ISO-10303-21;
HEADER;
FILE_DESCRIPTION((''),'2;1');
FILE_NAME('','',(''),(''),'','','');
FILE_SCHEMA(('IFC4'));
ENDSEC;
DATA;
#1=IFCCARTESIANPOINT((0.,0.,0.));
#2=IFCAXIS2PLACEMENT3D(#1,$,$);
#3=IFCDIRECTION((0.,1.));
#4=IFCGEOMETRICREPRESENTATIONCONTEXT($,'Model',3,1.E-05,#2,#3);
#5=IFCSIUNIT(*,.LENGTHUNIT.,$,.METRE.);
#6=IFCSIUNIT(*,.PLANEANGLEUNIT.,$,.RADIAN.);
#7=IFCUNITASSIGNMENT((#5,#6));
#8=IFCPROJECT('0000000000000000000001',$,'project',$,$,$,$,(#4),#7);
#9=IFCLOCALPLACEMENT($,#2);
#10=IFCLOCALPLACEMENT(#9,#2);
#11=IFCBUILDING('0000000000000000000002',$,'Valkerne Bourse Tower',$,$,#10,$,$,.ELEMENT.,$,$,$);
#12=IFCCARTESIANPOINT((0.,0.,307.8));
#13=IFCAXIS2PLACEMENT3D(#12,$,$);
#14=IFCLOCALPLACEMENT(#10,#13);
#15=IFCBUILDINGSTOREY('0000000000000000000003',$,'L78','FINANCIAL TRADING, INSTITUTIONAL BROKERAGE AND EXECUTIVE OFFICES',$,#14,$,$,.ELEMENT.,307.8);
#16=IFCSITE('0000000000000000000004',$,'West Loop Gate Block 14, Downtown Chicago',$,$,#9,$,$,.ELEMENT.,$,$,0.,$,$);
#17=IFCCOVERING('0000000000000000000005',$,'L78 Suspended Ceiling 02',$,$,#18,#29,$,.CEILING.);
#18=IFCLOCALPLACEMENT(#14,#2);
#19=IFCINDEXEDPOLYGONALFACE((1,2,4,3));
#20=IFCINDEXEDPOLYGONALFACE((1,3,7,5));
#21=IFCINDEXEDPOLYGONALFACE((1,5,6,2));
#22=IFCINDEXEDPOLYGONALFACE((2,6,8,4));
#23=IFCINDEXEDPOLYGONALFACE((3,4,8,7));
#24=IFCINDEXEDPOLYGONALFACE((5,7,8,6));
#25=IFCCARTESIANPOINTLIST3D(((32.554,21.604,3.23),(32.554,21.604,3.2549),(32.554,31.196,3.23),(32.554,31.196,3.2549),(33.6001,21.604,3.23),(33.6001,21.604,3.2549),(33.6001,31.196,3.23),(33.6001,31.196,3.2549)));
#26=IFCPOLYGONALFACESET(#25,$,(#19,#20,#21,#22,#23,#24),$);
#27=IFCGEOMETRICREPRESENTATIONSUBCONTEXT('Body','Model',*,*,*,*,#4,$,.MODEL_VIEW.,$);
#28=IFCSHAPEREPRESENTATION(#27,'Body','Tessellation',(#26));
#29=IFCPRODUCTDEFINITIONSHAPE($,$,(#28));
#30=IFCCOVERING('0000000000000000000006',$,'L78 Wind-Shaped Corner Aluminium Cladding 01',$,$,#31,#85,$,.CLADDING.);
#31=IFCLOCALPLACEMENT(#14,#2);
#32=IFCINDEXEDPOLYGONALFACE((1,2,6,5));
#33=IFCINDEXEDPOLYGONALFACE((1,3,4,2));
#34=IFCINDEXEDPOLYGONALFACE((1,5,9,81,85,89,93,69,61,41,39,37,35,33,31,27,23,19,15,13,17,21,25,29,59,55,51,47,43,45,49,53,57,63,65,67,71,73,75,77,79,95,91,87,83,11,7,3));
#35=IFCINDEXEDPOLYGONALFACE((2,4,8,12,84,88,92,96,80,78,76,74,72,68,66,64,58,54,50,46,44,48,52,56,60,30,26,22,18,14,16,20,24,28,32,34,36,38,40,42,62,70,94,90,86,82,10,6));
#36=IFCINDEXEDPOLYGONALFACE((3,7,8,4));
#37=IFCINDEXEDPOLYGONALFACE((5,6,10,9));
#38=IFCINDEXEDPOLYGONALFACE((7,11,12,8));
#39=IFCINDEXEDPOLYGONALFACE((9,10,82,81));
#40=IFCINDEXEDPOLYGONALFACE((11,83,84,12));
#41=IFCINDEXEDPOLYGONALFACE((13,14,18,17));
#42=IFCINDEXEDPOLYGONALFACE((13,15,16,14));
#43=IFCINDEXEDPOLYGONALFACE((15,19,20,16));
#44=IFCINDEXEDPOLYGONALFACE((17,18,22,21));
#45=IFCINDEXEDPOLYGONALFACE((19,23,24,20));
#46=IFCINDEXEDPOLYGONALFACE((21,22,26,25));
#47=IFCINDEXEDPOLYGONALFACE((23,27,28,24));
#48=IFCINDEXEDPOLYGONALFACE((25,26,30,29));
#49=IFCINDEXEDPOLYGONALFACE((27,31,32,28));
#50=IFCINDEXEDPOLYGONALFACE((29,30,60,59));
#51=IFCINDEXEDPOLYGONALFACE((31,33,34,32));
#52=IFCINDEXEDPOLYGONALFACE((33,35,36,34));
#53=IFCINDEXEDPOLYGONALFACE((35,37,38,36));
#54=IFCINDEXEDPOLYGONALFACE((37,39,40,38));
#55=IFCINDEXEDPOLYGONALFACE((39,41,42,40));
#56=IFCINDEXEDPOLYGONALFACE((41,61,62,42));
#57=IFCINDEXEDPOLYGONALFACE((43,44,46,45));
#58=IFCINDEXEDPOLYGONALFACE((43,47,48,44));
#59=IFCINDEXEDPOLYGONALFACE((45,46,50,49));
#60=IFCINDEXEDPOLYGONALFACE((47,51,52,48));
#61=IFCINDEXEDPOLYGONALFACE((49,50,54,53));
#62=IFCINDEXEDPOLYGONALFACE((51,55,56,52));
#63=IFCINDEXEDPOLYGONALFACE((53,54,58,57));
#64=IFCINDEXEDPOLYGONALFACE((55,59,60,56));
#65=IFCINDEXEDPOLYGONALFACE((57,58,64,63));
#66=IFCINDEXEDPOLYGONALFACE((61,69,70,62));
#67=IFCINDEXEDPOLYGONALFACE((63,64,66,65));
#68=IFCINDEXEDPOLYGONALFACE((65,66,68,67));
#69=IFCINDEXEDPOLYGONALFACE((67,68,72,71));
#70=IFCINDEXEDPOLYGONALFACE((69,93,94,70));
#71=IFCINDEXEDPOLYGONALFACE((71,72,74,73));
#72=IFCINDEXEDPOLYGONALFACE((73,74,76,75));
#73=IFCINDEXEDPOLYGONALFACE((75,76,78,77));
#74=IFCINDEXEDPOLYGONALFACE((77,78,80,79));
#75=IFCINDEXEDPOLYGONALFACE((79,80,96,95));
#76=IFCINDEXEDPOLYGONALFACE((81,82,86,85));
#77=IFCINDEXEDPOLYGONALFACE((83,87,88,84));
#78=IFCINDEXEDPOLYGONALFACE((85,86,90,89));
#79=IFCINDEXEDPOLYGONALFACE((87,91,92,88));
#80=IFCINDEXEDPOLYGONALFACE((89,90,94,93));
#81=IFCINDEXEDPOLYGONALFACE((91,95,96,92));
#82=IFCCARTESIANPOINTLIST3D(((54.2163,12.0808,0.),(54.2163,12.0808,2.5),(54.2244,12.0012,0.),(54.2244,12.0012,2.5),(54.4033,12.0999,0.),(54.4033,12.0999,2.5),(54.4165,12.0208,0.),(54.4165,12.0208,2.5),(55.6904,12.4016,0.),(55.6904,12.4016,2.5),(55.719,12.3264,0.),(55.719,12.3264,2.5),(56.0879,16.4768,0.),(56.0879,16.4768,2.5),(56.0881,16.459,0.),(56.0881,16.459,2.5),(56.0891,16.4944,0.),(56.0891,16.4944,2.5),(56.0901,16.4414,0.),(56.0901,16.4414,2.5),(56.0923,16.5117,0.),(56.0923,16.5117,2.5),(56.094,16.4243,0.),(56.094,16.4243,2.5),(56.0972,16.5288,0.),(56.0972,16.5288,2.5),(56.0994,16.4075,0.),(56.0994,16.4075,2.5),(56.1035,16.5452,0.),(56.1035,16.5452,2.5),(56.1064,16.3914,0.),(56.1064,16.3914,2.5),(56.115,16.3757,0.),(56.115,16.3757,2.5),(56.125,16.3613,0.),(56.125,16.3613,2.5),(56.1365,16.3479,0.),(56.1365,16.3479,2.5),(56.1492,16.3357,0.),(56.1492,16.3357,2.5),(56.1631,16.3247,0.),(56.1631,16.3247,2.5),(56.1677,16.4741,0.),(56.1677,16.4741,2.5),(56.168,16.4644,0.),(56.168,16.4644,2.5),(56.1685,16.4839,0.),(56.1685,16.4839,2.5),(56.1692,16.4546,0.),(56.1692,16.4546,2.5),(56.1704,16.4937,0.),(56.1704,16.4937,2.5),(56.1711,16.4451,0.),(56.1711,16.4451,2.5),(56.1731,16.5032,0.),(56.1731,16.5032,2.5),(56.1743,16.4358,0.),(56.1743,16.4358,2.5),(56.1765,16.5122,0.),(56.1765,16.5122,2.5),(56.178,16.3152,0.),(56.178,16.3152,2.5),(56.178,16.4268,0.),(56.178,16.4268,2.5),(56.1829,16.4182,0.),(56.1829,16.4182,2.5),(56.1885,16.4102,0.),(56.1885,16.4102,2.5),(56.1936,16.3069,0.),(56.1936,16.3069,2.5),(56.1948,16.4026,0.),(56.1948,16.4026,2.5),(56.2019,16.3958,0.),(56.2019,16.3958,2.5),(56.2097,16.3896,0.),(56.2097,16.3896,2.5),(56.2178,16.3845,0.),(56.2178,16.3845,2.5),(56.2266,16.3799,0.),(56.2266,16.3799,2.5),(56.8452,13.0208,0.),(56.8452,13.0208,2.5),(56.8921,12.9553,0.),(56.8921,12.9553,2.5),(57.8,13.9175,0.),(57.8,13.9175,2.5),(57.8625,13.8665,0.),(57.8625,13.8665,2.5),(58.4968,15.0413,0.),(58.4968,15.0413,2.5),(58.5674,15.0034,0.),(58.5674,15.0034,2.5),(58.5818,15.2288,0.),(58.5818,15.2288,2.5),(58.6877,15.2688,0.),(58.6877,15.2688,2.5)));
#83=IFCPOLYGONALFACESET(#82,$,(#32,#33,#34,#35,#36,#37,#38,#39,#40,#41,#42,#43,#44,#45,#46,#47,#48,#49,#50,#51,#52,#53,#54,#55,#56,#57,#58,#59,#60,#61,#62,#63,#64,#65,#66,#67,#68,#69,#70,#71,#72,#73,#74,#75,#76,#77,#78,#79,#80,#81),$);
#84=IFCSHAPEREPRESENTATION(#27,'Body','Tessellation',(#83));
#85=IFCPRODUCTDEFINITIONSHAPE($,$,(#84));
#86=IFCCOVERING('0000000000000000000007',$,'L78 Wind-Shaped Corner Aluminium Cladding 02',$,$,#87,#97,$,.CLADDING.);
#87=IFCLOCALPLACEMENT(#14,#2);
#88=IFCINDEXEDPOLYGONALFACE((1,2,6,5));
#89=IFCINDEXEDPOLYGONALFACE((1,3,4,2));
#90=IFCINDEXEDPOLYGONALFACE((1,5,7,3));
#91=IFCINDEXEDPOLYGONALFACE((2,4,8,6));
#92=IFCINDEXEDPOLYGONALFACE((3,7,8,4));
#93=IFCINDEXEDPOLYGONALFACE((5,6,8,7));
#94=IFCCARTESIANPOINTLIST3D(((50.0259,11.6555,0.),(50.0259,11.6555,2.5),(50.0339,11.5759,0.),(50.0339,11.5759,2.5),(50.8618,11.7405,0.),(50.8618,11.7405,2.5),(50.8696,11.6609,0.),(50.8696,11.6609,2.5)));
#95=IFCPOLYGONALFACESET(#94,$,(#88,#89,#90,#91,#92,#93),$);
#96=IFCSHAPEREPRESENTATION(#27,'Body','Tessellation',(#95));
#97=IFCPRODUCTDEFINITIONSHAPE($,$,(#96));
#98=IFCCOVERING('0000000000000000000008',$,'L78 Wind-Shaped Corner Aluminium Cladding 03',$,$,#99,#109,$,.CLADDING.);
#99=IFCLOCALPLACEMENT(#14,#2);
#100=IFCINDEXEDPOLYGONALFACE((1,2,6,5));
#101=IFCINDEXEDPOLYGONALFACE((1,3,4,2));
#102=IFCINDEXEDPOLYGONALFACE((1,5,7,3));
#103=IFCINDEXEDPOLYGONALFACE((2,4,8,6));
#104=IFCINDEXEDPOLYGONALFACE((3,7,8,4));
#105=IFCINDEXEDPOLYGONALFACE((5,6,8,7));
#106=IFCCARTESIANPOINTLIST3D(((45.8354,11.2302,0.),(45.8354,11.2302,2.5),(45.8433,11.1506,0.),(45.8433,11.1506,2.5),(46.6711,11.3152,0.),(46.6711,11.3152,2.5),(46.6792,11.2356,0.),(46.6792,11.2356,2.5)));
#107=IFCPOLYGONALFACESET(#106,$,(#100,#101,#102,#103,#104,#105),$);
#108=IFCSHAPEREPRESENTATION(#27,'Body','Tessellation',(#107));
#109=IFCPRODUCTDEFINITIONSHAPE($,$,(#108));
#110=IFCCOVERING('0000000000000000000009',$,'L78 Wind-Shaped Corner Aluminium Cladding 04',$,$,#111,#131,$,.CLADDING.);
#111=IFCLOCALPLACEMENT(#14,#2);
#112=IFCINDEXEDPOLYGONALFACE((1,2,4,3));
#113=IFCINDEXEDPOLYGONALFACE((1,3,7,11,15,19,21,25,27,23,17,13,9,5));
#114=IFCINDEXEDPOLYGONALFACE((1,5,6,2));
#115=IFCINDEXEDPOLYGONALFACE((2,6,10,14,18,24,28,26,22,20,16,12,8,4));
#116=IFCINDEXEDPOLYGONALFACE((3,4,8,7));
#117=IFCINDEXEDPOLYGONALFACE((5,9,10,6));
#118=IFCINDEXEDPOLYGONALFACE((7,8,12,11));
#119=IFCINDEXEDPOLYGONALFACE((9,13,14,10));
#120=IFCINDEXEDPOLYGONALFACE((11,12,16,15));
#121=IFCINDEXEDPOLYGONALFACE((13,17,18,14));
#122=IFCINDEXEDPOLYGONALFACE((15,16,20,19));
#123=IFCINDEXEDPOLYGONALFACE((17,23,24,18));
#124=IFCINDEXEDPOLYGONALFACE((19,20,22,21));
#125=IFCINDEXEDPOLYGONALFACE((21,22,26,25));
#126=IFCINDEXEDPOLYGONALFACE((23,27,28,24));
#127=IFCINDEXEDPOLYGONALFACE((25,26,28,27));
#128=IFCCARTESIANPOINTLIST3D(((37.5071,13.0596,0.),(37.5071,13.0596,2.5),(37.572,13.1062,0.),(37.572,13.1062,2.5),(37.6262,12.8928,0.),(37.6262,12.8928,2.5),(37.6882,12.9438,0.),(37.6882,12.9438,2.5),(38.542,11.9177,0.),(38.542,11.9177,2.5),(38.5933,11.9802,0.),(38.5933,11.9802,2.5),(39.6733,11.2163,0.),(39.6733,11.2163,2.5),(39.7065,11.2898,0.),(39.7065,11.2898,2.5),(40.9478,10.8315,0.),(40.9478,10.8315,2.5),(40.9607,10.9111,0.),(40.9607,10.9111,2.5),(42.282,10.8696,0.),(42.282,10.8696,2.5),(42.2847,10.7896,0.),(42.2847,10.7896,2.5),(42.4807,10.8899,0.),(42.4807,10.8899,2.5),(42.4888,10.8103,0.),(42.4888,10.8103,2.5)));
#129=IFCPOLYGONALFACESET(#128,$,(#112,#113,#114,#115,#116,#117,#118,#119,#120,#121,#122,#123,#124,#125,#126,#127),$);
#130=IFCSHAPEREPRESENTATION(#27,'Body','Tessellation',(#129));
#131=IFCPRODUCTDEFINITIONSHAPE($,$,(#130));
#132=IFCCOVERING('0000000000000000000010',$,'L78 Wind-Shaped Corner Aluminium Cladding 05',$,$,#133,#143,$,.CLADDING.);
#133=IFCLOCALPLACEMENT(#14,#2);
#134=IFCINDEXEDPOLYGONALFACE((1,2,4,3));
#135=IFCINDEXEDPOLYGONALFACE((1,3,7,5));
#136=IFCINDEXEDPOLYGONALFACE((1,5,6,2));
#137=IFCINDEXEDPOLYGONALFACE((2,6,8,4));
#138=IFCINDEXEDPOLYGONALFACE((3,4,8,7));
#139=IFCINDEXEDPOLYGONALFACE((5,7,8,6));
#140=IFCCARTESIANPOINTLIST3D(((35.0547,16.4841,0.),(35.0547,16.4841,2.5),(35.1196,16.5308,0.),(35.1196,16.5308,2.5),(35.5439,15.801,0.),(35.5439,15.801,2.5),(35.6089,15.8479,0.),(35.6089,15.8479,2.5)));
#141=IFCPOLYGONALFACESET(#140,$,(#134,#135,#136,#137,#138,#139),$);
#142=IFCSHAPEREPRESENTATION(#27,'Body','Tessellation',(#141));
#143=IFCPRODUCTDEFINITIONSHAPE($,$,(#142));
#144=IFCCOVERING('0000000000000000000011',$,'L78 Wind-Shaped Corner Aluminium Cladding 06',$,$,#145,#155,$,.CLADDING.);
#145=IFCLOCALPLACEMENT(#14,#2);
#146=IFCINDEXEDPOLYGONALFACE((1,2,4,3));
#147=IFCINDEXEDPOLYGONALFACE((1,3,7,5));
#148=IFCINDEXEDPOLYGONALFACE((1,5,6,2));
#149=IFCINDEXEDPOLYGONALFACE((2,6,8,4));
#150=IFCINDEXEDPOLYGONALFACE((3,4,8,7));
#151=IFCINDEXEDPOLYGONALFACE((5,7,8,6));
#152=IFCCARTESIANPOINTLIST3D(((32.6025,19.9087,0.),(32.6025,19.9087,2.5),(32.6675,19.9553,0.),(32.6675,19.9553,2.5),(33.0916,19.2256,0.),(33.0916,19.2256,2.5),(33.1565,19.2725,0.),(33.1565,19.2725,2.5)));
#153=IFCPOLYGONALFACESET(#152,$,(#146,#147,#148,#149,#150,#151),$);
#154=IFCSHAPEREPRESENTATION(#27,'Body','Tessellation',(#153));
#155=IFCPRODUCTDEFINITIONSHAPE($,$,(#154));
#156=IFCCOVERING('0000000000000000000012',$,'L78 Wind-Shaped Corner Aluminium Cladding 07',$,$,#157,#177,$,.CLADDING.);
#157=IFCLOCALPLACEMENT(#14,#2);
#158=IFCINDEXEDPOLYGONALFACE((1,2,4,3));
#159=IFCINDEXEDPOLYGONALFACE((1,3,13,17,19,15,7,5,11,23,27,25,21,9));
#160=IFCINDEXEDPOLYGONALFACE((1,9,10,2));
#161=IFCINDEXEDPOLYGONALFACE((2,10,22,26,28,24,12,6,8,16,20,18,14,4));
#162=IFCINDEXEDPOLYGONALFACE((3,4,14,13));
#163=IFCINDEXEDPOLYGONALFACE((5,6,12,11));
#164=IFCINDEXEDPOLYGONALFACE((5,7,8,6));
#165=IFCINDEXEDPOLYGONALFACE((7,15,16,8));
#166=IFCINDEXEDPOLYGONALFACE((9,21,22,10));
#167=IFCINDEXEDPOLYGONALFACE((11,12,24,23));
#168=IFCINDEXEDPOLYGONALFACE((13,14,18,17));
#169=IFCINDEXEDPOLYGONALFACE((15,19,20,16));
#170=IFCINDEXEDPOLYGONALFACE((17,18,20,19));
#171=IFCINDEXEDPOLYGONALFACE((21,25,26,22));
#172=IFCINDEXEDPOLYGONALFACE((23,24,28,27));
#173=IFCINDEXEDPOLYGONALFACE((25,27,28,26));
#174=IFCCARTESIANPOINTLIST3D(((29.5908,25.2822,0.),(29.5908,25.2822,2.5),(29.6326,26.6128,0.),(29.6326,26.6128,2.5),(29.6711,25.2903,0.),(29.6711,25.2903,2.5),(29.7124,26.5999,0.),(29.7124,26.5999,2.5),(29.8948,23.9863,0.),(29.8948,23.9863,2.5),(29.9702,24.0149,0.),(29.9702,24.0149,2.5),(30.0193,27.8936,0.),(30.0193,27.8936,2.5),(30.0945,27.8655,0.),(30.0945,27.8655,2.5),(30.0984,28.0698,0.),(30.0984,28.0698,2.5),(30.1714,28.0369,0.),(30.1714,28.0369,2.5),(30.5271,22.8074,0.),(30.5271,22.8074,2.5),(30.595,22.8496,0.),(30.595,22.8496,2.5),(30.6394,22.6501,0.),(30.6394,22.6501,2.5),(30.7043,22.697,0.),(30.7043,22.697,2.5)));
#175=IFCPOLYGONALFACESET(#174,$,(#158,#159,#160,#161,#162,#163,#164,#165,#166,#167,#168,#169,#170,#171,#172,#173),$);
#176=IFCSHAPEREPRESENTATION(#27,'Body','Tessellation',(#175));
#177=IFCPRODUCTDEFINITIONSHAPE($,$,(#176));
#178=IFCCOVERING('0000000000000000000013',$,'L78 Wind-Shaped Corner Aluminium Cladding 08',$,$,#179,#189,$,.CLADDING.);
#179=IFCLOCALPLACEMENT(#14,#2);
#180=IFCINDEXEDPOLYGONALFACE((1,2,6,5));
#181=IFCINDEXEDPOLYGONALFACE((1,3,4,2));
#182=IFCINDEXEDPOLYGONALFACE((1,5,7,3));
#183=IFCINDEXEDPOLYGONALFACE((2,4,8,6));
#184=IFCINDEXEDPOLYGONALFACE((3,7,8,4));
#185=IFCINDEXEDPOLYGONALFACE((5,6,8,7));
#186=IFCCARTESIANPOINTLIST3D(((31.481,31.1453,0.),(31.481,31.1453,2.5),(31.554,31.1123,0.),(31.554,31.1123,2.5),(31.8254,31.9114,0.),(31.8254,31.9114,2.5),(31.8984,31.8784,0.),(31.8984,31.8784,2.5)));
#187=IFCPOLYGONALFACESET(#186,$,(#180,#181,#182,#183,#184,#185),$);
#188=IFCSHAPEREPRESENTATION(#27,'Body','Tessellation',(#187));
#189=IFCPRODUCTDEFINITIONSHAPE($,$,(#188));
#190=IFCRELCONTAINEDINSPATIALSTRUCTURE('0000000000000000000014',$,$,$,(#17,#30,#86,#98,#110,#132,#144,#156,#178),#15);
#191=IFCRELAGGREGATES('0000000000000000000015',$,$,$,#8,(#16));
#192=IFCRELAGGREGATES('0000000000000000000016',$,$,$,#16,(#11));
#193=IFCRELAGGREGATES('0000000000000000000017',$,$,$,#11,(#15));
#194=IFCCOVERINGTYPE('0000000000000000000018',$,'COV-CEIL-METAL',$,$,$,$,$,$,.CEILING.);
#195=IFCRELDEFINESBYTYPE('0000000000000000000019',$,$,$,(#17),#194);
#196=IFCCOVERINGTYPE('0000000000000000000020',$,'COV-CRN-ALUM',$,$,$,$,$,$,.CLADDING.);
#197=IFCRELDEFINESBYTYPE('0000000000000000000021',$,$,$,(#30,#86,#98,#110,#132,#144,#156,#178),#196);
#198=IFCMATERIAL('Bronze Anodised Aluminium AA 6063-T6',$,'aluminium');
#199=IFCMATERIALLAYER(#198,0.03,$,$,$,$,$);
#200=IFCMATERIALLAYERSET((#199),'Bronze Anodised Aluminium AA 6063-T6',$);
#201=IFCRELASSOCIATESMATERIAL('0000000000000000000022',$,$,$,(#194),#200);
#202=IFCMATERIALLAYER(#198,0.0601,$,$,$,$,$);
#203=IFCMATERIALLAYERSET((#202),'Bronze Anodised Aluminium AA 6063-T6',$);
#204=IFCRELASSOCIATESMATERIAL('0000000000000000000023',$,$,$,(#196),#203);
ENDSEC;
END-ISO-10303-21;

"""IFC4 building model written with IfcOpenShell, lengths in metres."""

from ifc_helpers import new_model, si_unit, direction, frame, origin, place, context, subcontext, project, spatial, polyline, outline, extrude, material, layer, layer_set, type_object, element, save


model = new_model("IFC4")

# Units and contexts
model_context = context("Model", 3, precision=1e-05, world=origin(), true_north=direction((0.0, 1.0)))
body_context = subcontext(model_context, "Body", "Model", "MODEL_VIEW")
ifc_project = project(units=[si_unit("LENGTHUNIT", "METRE"), si_unit("PLANEANGLEUNIT", "RADIAN")], contexts=[model_context])

# Site, building, storey
site_placement = place(None, origin())
site = spatial("IfcSite", under=ifc_project, at=site_placement, Name="West Loop Gate Block 14, Downtown Chicago", CompositionType="ELEMENT", RefElevation=0.0)
building_placement = place(site_placement, origin())
building = spatial("IfcBuilding", under=site, at=building_placement, Name="Valkerne Bourse Tower", CompositionType="ELEMENT")
storey_placement = place(building_placement, frame((0.0, 0.0, 307.8)))
storey = spatial("IfcBuildingStorey", under=building, at=storey_placement, Name="L78", Description="FINANCIAL TRADING, INSTITUTIONAL BROKERAGE AND EXECUTIVE OFFICES", CompositionType="ELEMENT", Elevation=307.8)

# Coverings
ifc_material_1 = material(Name="Bronze Anodised Aluminium AA 6063-T6", Category="aluminium")
ifc_layer_1 = layer(ifc_material_1, 0.03)
ifc_layer_set_1 = layer_set([ifc_layer_1], Name="Bronze Anodised Aluminium AA 6063-T6")
covering_type_1 = type_object("IfcCoveringType", Name="COV-CEIL-METAL", PredefinedType="CEILING", material=ifc_layer_set_1)
covering_1_placement = place(storey_placement, frame((0.0, 0.0, 3.23)))
element("IfcCovering", 1, at=covering_1_placement, inside=storey, type_object=covering_type_1, Name="L78 Suspended Ceiling 02", PredefinedType="CEILING", context=body_context, shape_type="SweptSolid", body=[
    extrude(outline(polyline([(32.554, 21.604), (32.554, 31.196), (33.6001, 31.196), (33.6001, 21.604), (32.554, 21.604)])), origin(), (0.0, 0.0, 1.0), 0.0249),
])
ifc_layer_2 = layer(ifc_material_1, 0.0601)
ifc_layer_set_2 = layer_set([ifc_layer_2], Name="Bronze Anodised Aluminium AA 6063-T6")
covering_type_2 = type_object("IfcCoveringType", Name="COV-CRN-ALUM", PredefinedType="CLADDING", material=ifc_layer_set_2)
covering_2_placement = place(storey_placement, origin())
element("IfcCovering", 2, at=covering_2_placement, inside=storey, type_object=covering_type_2, Name="L78 Wind-Shaped Corner Aluminium Cladding 01", PredefinedType="CLADDING", context=body_context, shape_type="SweptSolid", body=[
    extrude(outline(polyline([(56.8921, 12.9553), (55.719, 12.3264), (54.4165, 12.0208), (54.2244, 12.0012), (54.2163, 12.0808), (54.4033, 12.0999), (55.6904, 12.4016), (56.8452, 13.0208), (57.8, 13.9175), (58.4968, 15.0413), (58.5818, 15.2288), (56.1936, 16.3069), (56.178, 16.3152), (56.1631, 16.3247), (56.1492, 16.3357), (56.1365, 16.3479), (56.125, 16.3613), (56.115, 16.3757), (56.1064, 16.3914), (56.0994, 16.4075), (56.094, 16.4243), (56.0901, 16.4414), (56.0881, 16.459), (56.0879, 16.4768), (56.0891, 16.4944), (56.0923, 16.5117), (56.0972, 16.5288), (56.1035, 16.5452), (56.1765, 16.5122), (56.1731, 16.5032), (56.1704, 16.4937), (56.1685, 16.4839), (56.1677, 16.4741), (56.168, 16.4644), (56.1692, 16.4546), (56.1711, 16.4451), (56.1743, 16.4358), (56.178, 16.4268), (56.1829, 16.4182), (56.1885, 16.4102), (56.1948, 16.4026), (56.2019, 16.3958), (56.2097, 16.3896), (56.2178, 16.3845), (56.2266, 16.3799), (58.6877, 15.2688), (58.5674, 15.0034), (57.8625, 13.8665), (56.8921, 12.9553)])), origin(), (0.0, 0.0, 1.0), 2.5),
])
covering_3_placement = place(storey_placement, origin())
element("IfcCovering", 3, at=covering_3_placement, inside=storey, type_object=covering_type_2, Name="L78 Wind-Shaped Corner Aluminium Cladding 02", PredefinedType="CLADDING", context=body_context, shape_type="SweptSolid", body=[
    extrude(outline(polyline([(50.0339, 11.5759), (50.0259, 11.6555), (50.8618, 11.7405), (50.8696, 11.6609), (50.0339, 11.5759)])), origin(), (0.0, 0.0, 1.0), 2.5),
])
covering_4_placement = place(storey_placement, origin())
element("IfcCovering", 4, at=covering_4_placement, inside=storey, type_object=covering_type_2, Name="L78 Wind-Shaped Corner Aluminium Cladding 03", PredefinedType="CLADDING", context=body_context, shape_type="SweptSolid", body=[
    extrude(outline(polyline([(45.8433, 11.1506), (45.8354, 11.2302), (46.6711, 11.3152), (46.6792, 11.2356), (45.8433, 11.1506)])), origin(), (0.0, 0.0, 1.0), 2.5),
])
covering_5_placement = place(storey_placement, origin())
element("IfcCovering", 5, at=covering_5_placement, inside=storey, type_object=covering_type_2, Name="L78 Wind-Shaped Corner Aluminium Cladding 04", PredefinedType="CLADDING", context=body_context, shape_type="SweptSolid", body=[
    extrude(outline(polyline([(42.2847, 10.7896), (40.9478, 10.8315), (39.6733, 11.2163), (38.542, 11.9177), (37.6262, 12.8928), (37.5071, 13.0596), (37.572, 13.1062), (37.6882, 12.9438), (38.5933, 11.9802), (39.7065, 11.2898), (40.9607, 10.9111), (42.282, 10.8696), (42.4807, 10.8899), (42.4888, 10.8103), (42.2847, 10.7896)])), origin(), (0.0, 0.0, 1.0), 2.5),
])
covering_6_placement = place(storey_placement, origin())
element("IfcCovering", 6, at=covering_6_placement, inside=storey, type_object=covering_type_2, Name="L78 Wind-Shaped Corner Aluminium Cladding 05", PredefinedType="CLADDING", context=body_context, shape_type="SweptSolid", body=[
    extrude(outline(polyline([(35.0547, 16.4841), (35.1196, 16.5308), (35.6089, 15.8479), (35.5439, 15.801), (35.0547, 16.4841)])), origin(), (0.0, 0.0, 1.0), 2.5),
])
covering_7_placement = place(storey_placement, origin())
element("IfcCovering", 7, at=covering_7_placement, inside=storey, type_object=covering_type_2, Name="L78 Wind-Shaped Corner Aluminium Cladding 06", PredefinedType="CLADDING", context=body_context, shape_type="SweptSolid", body=[
    extrude(outline(polyline([(32.6025, 19.9087), (32.6675, 19.9553), (33.1565, 19.2725), (33.0916, 19.2256), (32.6025, 19.9087)])), origin(), (0.0, 0.0, 1.0), 2.5),
])
covering_8_placement = place(storey_placement, origin())
element("IfcCovering", 8, at=covering_8_placement, inside=storey, type_object=covering_type_2, Name="L78 Wind-Shaped Corner Aluminium Cladding 07", PredefinedType="CLADDING", context=body_context, shape_type="SweptSolid", body=[
    extrude(outline(polyline([(30.5271, 22.8074), (29.8948, 23.9863), (29.5908, 25.2822), (29.6326, 26.6128), (30.0193, 27.8936), (30.0984, 28.0698), (30.1714, 28.0369), (30.0945, 27.8655), (29.7124, 26.5999), (29.6711, 25.2903), (29.9702, 24.0149), (30.595, 22.8496), (30.7043, 22.697), (30.6394, 22.6501), (30.5271, 22.8074)])), origin(), (0.0, 0.0, 1.0), 2.5),
])
covering_9_placement = place(storey_placement, origin())
element("IfcCovering", 9, at=covering_9_placement, inside=storey, type_object=covering_type_2, Name="L78 Wind-Shaped Corner Aluminium Cladding 08", PredefinedType="CLADDING", context=body_context, shape_type="SweptSolid", body=[
    extrude(outline(polyline([(31.8254, 31.9114), (31.8984, 31.8784), (31.554, 31.1123), (31.481, 31.1453), (31.8254, 31.9114)])), origin(), (0.0, 0.0, 1.0), 2.5),
])

save(model, "model.ifc")
